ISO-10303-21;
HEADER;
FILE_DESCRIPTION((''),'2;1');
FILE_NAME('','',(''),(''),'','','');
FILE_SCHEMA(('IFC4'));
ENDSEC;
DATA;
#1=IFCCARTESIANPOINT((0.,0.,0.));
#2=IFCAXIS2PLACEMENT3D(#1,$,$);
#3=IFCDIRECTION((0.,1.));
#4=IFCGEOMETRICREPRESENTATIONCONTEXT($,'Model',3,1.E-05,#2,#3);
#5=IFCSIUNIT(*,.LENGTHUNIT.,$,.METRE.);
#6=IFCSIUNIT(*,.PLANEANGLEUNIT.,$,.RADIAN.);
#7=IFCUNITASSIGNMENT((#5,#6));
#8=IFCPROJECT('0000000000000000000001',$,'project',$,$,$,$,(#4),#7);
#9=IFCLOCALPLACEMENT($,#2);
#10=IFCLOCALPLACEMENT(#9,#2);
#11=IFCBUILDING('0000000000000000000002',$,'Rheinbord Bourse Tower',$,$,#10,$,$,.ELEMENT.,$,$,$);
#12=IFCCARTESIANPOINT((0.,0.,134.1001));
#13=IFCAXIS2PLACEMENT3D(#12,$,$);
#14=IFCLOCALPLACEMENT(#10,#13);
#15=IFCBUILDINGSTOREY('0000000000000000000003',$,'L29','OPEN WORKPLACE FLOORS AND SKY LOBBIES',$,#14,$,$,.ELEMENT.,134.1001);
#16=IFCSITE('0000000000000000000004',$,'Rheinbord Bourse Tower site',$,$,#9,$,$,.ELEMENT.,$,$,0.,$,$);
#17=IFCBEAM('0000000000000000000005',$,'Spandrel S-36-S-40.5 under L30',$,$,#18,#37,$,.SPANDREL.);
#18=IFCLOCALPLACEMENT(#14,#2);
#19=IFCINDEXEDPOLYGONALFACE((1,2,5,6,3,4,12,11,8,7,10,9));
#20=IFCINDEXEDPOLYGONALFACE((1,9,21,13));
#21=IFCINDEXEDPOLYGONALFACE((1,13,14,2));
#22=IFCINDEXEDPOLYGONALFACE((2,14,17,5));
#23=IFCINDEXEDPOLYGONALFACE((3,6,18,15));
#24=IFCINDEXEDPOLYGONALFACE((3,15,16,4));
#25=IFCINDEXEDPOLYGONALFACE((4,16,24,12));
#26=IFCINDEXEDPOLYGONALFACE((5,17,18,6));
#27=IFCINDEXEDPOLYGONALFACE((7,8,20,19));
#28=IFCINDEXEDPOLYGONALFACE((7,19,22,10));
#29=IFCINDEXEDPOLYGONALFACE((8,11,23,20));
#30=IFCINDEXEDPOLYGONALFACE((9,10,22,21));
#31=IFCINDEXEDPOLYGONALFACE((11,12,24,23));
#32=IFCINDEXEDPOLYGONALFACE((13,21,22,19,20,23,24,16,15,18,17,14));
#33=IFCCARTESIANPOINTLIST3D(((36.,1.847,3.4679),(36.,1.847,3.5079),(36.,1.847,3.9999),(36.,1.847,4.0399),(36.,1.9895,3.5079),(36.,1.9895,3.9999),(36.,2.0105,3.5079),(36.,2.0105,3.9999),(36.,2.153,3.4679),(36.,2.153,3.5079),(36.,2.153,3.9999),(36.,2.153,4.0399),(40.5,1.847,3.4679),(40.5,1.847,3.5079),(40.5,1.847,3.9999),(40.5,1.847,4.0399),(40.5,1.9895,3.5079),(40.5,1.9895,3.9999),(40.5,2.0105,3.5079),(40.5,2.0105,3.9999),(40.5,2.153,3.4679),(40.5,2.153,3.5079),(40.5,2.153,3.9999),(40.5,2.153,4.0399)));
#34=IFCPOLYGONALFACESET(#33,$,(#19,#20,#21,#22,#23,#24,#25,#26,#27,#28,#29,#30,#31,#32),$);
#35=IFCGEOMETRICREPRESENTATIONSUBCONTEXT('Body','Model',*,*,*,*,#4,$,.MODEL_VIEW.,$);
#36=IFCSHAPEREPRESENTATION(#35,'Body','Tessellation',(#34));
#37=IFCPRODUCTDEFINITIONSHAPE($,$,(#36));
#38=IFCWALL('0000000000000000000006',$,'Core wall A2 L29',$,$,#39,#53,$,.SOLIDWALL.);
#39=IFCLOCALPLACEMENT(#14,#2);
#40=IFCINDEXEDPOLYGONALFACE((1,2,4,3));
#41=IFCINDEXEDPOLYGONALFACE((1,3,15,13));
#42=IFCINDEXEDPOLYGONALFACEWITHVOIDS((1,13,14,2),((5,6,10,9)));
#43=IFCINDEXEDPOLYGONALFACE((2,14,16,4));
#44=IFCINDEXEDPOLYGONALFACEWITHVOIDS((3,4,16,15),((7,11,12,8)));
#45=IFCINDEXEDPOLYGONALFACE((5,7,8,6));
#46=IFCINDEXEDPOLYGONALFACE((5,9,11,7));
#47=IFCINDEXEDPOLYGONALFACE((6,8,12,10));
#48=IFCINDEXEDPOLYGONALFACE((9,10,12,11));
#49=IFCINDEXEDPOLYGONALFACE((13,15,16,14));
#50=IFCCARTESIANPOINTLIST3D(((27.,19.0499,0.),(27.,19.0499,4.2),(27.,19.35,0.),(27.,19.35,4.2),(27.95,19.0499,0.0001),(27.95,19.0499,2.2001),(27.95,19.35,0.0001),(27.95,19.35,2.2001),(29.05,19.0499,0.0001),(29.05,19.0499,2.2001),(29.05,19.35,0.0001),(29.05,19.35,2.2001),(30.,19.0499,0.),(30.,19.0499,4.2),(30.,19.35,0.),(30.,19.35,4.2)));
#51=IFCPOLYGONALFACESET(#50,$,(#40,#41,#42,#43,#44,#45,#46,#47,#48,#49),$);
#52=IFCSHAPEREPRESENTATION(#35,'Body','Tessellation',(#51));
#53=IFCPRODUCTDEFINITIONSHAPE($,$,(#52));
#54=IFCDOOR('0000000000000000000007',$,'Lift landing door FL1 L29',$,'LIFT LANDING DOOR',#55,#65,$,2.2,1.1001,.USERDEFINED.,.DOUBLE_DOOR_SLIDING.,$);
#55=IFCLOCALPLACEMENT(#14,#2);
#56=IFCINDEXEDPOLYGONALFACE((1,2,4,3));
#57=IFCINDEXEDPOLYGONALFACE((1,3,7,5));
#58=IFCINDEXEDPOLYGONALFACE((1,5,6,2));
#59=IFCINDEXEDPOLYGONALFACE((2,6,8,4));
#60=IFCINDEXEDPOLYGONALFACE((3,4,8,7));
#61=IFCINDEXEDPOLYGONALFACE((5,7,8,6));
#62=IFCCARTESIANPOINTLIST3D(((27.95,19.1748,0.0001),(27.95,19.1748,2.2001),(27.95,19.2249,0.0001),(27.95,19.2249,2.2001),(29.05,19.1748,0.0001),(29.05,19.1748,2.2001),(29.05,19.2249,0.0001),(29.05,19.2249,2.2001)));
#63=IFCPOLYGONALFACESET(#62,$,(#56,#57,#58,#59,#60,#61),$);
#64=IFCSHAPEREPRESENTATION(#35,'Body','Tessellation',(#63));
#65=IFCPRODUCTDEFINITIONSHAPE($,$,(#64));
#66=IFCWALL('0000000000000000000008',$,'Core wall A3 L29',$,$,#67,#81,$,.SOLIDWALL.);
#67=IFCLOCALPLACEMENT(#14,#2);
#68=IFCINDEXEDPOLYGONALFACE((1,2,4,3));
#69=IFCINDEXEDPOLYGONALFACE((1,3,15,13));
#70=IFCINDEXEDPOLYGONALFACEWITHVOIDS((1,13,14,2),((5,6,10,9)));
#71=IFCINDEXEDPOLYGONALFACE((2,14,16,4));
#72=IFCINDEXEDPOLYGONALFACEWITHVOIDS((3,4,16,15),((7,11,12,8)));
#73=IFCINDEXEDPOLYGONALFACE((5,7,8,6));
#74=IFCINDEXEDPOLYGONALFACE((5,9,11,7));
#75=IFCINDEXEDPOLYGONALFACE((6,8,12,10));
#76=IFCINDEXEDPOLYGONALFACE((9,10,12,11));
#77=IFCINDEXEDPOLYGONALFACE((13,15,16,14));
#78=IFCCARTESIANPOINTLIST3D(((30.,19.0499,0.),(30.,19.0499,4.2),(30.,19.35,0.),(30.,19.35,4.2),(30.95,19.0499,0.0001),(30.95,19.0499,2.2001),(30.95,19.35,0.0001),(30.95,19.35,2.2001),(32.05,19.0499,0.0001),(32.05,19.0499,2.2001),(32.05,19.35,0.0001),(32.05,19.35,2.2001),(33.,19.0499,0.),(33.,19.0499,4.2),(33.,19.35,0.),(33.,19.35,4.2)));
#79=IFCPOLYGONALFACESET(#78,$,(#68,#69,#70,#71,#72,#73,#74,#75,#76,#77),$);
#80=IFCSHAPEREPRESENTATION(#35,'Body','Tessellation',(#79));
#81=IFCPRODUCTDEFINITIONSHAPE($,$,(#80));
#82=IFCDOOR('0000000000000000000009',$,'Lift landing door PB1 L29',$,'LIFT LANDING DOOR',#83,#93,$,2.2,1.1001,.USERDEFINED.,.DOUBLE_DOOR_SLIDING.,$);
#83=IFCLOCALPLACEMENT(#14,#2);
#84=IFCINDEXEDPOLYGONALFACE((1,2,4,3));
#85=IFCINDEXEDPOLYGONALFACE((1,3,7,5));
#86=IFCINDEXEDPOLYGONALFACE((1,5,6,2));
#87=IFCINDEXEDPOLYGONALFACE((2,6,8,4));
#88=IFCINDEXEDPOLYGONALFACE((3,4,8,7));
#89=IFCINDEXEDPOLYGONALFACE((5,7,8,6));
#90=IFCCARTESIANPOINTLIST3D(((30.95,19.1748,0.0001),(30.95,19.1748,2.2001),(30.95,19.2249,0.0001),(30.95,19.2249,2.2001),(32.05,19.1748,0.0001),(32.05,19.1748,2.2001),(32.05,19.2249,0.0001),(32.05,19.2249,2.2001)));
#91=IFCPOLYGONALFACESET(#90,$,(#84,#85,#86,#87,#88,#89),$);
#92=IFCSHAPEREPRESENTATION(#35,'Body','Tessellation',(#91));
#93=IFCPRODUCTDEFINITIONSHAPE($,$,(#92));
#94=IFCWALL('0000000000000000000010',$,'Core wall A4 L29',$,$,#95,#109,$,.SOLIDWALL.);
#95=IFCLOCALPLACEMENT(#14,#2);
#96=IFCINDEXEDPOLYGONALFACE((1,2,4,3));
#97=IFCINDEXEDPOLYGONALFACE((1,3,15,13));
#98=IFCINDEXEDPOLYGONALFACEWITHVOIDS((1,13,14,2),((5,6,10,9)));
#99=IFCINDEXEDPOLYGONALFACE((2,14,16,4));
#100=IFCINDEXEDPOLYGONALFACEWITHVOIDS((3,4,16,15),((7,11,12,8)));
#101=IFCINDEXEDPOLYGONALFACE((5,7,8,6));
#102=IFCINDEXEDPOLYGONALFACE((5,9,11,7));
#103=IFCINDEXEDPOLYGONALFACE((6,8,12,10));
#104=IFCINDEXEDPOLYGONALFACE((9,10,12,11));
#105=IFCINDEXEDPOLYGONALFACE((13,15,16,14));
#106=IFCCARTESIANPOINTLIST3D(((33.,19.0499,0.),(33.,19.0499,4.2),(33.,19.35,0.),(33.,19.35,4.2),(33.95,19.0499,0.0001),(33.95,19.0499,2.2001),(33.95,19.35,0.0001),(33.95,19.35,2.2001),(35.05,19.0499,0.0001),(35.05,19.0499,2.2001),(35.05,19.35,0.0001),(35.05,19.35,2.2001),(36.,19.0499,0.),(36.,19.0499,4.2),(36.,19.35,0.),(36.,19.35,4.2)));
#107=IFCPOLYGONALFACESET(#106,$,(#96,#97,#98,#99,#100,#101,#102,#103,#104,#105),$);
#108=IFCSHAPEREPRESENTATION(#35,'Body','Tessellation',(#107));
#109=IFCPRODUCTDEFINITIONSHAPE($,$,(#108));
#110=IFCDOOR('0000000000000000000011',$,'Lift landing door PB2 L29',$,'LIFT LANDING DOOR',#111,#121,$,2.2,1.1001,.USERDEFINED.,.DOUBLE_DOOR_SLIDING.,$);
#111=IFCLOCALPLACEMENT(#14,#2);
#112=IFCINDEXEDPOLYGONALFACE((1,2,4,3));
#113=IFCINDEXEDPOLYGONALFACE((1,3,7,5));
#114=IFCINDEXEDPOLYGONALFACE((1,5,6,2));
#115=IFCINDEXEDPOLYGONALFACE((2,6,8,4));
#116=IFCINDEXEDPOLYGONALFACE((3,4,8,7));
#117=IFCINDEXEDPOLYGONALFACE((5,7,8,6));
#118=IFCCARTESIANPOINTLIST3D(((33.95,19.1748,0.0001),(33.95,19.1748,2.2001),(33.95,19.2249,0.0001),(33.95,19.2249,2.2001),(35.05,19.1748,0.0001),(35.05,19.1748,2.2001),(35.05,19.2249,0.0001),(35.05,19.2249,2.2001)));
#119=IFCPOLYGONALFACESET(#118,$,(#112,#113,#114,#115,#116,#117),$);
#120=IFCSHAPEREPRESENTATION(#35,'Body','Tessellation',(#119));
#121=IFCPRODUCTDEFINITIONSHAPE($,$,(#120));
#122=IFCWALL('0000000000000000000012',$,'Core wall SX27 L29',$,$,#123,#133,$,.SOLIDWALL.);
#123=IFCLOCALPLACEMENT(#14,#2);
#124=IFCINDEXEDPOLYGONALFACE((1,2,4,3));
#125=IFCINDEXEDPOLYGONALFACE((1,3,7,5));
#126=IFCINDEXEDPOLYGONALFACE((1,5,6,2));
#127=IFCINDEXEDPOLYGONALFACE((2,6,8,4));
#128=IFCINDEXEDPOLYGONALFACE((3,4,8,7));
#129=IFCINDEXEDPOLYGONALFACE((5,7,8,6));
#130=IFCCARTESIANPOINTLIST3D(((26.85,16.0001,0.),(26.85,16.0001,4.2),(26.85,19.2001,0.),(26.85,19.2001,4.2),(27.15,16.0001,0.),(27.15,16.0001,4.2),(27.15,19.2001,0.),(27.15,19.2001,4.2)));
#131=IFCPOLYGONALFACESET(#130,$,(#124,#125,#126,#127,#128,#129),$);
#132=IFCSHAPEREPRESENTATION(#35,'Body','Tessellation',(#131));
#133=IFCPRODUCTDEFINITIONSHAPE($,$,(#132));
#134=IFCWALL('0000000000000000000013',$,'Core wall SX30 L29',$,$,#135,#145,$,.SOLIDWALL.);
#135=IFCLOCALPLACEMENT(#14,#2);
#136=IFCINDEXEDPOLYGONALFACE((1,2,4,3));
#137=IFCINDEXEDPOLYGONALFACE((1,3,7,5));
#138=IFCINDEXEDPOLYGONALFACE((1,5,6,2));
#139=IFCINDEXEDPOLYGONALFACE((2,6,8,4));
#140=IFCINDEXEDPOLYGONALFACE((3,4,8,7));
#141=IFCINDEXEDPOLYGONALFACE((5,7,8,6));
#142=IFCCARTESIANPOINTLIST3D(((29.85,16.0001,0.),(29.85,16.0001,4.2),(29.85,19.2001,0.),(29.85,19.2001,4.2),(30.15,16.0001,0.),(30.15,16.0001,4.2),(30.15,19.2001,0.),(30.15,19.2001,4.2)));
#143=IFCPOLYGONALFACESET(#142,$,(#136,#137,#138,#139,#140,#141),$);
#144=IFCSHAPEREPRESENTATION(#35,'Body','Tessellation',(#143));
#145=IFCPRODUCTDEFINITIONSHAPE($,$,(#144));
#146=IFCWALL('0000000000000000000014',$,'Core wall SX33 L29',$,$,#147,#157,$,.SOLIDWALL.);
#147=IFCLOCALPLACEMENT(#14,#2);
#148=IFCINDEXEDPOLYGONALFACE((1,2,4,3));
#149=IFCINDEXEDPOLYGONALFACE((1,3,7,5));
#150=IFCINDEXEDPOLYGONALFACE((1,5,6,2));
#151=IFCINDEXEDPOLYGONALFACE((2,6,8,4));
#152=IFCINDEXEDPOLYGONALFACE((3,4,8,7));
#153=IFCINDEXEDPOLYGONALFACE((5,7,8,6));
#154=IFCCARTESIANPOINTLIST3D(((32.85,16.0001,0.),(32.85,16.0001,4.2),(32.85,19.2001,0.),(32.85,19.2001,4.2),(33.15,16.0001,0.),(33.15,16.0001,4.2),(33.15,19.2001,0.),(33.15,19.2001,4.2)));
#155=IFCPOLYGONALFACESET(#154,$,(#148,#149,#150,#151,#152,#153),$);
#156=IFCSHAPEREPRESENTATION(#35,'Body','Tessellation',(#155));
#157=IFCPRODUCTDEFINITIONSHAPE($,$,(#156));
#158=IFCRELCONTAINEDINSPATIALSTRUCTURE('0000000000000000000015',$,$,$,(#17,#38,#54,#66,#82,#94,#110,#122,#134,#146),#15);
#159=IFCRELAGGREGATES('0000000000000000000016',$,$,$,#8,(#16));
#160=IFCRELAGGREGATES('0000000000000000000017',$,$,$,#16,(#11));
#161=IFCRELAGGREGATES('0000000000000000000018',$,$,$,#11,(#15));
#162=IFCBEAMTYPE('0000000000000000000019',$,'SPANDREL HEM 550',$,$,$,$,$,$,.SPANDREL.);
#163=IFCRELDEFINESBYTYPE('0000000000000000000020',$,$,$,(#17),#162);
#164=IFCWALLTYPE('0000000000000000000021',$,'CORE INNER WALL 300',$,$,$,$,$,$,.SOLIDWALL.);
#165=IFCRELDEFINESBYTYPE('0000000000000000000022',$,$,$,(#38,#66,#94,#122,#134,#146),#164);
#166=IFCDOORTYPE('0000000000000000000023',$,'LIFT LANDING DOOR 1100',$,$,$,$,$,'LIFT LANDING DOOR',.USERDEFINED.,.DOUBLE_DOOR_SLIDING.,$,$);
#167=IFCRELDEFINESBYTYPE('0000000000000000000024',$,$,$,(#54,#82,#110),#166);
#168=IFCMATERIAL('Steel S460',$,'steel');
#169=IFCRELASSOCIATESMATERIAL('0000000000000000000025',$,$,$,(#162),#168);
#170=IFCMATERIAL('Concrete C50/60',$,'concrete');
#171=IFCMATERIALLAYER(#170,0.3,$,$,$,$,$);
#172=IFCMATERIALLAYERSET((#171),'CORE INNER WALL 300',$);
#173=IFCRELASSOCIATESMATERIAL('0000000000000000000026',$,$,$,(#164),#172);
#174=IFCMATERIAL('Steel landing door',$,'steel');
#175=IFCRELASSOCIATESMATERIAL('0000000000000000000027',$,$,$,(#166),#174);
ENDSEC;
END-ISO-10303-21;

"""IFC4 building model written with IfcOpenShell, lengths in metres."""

from ifc_helpers import new_model, si_unit, direction, frame, frame_2d, origin, origin_2d, place, context, subcontext, project, spatial, rectangle, i_section, extrude, material, layer, layer_set, material_profile, profile_set, type_object, element, fill, save


model = new_model("IFC4")

# Units and contexts
model_context = context("Model", 3, precision=1e-05, world=origin(), true_north=direction((0.0, 1.0)))
body_context = subcontext(model_context, "Body", "Model", "MODEL_VIEW")
ifc_project = project(units=[si_unit("LENGTHUNIT", "METRE"), si_unit("PLANEANGLEUNIT", "RADIAN")], contexts=[model_context])

# Site, building, storey
site_placement = place(None, origin())
site = spatial("IfcSite", under=ifc_project, at=site_placement, Name="Rheinbord Bourse Tower site", CompositionType="ELEMENT", RefElevation=0.0)
building_placement = place(site_placement, origin())
building = spatial("IfcBuilding", under=site, at=building_placement, Name="Rheinbord Bourse Tower", CompositionType="ELEMENT")
storey_placement = place(building_placement, frame((0.0, 0.0, 134.1001)))
storey = spatial("IfcBuildingStorey", under=building, at=storey_placement, Name="L29", Description="OPEN WORKPLACE FLOORS AND SKY LOBBIES", CompositionType="ELEMENT", Elevation=134.1001)

# Beam
ifc_material_1 = material(Name="Steel S460", Category="steel")
ifc_material_profile = material_profile(ifc_material_1, i_section(OverallWidth=0.3059, OverallDepth=0.572, WebThickness=0.021, FlangeThickness=0.04, at=origin_2d()), Name="HEM 550")
ifc_profile_set = profile_set([ifc_material_profile], Name="Steel S460")
beam_type = type_object("IfcBeamType", Name="SPANDREL HEM 550", PredefinedType="SPANDREL", material=ifc_profile_set)
beam_placement = place(storey_placement, frame((36.0, 2.0, 3.7539), z_axis=(1.0, 0.0, 0.0), x_axis=(0.0, 1.0, 0.0)))
element("IfcBeam", 1, at=beam_placement, inside=storey, type_object=beam_type, Name="Spandrel S-36-S-40.5 under L30", PredefinedType="SPANDREL", context=body_context, shape_type="SweptSolid", body=[
    extrude(i_section(OverallWidth=0.3059, OverallDepth=0.572, WebThickness=0.021, FlangeThickness=0.04, at=origin_2d()), origin(), (0.0, 0.0, 1.0), 4.5),
])

# Walls, openings, doors
ifc_material_2 = material(Name="Concrete C50/60", Category="concrete")
ifc_layer_1 = layer(ifc_material_2, 0.3)
ifc_layer_set_1 = layer_set([ifc_layer_1], Name="CORE INNER WALL 300")
wall_type_1 = type_object("IfcWallType", Name="CORE INNER WALL 300", PredefinedType="SOLIDWALL", material=ifc_layer_set_1)
wall_1_placement = place(storey_placement, frame((27.0, 19.2, 0.0), z_axis=(0.0, 0.0, 1.0), x_axis=(1.0, 0.0, 0.0)))
wall_1 = element("IfcWall", 2, at=wall_1_placement, inside=storey, type_object=wall_type_1, Name="Core wall A2 L29", PredefinedType="SOLIDWALL", context=body_context, shape_type="SweptSolid", body=[
    extrude(rectangle(XDim=3.0, YDim=0.3, at=frame_2d((1.5, 0.0))), origin(), (0.0, 0.0, 1.0), 4.2),
])
opening_1_placement = place(wall_1_placement, frame((0.95, 0.0, 0.0)))
opening_1 = element("IfcOpeningElement", 3, at=opening_1_placement, cuts=wall_1, PredefinedType="OPENING", context=body_context, shape_type="SweptSolid", body=[
    extrude(rectangle(XDim=1.1001, YDim=2.2, at=frame_2d((0.55, 1.1001))), frame((0.0, 0.1599, 0.0), z_axis=(0.0, -1.0, 0.0), x_axis=(1.0, 0.0, 0.0)), (0.0, 0.0, 1.0), 0.3201),
])
ifc_material_3 = material(Name="Steel landing door", Category="steel")
door_type_1 = type_object("IfcDoorType", Name="LIFT LANDING DOOR 1100", ElementType="LIFT LANDING DOOR", OperationType="DOUBLE_DOOR_SLIDING", PredefinedType="USERDEFINED", material=ifc_material_3)
door_1_placement = place(opening_1_placement, origin())
door_1 = element("IfcDoor", 4, at=door_1_placement, inside=storey, type_object=door_type_1, Name="Lift landing door FL1 L29", ObjectType="LIFT LANDING DOOR", OperationType="DOUBLE_DOOR_SLIDING", OverallHeight=2.2, OverallWidth=1.1001, PredefinedType="USERDEFINED", context=body_context, shape_type="SweptSolid", body=[
    extrude(rectangle(XDim=1.1001, YDim=2.2, at=frame_2d((0.55, 1.1001))), frame((0.0, 0.0249, 0.0), z_axis=(0.0, -1.0, 0.0), x_axis=(1.0, 0.0, 0.0)), (0.0, 0.0, 1.0), 0.05),
])
fill(opening_1, door_1)
wall_2_placement = place(storey_placement, frame((30.0, 19.2, 0.0), z_axis=(0.0, 0.0, 1.0), x_axis=(1.0, 0.0, 0.0)))
wall_2 = element("IfcWall", 5, at=wall_2_placement, inside=storey, type_object=wall_type_1, Name="Core wall A3 L29", PredefinedType="SOLIDWALL", context=body_context, shape_type="SweptSolid", body=[
    extrude(rectangle(XDim=3.0, YDim=0.3, at=frame_2d((1.5, 0.0))), origin(), (0.0, 0.0, 1.0), 4.2),
])
opening_2_placement = place(wall_2_placement, frame((0.95, 0.0, 0.0)))
opening_2 = element("IfcOpeningElement", 6, at=opening_2_placement, cuts=wall_2, PredefinedType="OPENING", context=body_context, shape_type="SweptSolid", body=[
    extrude(rectangle(XDim=1.1001, YDim=2.2, at=frame_2d((0.55, 1.1001))), frame((0.0, 0.1599, 0.0), z_axis=(0.0, -1.0, 0.0), x_axis=(1.0, 0.0, 0.0)), (0.0, 0.0, 1.0), 0.3201),
])
door_2_placement = place(opening_2_placement, origin())
door_2 = element("IfcDoor", 7, at=door_2_placement, inside=storey, type_object=door_type_1, Name="Lift landing door PB1 L29", ObjectType="LIFT LANDING DOOR", OperationType="DOUBLE_DOOR_SLIDING", OverallHeight=2.2, OverallWidth=1.1001, PredefinedType="USERDEFINED", context=body_context, shape_type="SweptSolid", body=[
    extrude(rectangle(XDim=1.1001, YDim=2.2, at=frame_2d((0.55, 1.1001))), frame((0.0, 0.0249, 0.0), z_axis=(0.0, -1.0, 0.0), x_axis=(1.0, 0.0, 0.0)), (0.0, 0.0, 1.0), 0.05),
])
fill(opening_2, door_2)
wall_3_placement = place(storey_placement, frame((33.0, 19.2, 0.0), z_axis=(0.0, 0.0, 1.0), x_axis=(1.0, 0.0, 0.0)))
wall_3 = element("IfcWall", 8, at=wall_3_placement, inside=storey, type_object=wall_type_1, Name="Core wall A4 L29", PredefinedType="SOLIDWALL", context=body_context, shape_type="SweptSolid", body=[
    extrude(rectangle(XDim=3.0, YDim=0.3, at=frame_2d((1.5, 0.0))), origin(), (0.0, 0.0, 1.0), 4.2),
])
opening_3_placement = place(wall_3_placement, frame((0.95, 0.0, 0.0)))
opening_3 = element("IfcOpeningElement", 9, at=opening_3_placement, cuts=wall_3, PredefinedType="OPENING", context=body_context, shape_type="SweptSolid", body=[
    extrude(rectangle(XDim=1.1001, YDim=2.2, at=frame_2d((0.55, 1.1001))), frame((0.0, 0.1599, 0.0), z_axis=(0.0, -1.0, 0.0), x_axis=(1.0, 0.0, 0.0)), (0.0, 0.0, 1.0), 0.3201),
])
door_3_placement = place(opening_3_placement, origin())
door_3 = element("IfcDoor", 10, at=door_3_placement, inside=storey, type_object=door_type_1, Name="Lift landing door PB2 L29", ObjectType="LIFT LANDING DOOR", OperationType="DOUBLE_DOOR_SLIDING", OverallHeight=2.2, OverallWidth=1.1001, PredefinedType="USERDEFINED", context=body_context, shape_type="SweptSolid", body=[
    extrude(rectangle(XDim=1.1001, YDim=2.2, at=frame_2d((0.55, 1.1001))), frame((0.0, 0.0249, 0.0), z_axis=(0.0, -1.0, 0.0), x_axis=(1.0, 0.0, 0.0)), (0.0, 0.0, 1.0), 0.05),
])
fill(opening_3, door_3)

# Walls
for number, where, z_axis, x_axis, name in (
    (11, (27.0, 16.0, 0.0), (0.0, 0.0, 1.0), (0.0, 1.0, 0.0), "Core wall SX27 L29"),
    (12, (30.0, 16.0, 0.0), (0.0, 0.0, 1.0), (0.0, 1.0, 0.0), "Core wall SX30 L29"),
    (13, (33.0, 16.0, 0.0), (0.0, 0.0, 1.0), (0.0, 1.0, 0.0), "Core wall SX33 L29"),
):
    element("IfcWall", number, at=place(storey_placement, frame(where, z_axis=z_axis, x_axis=x_axis)), inside=storey, type_object=wall_type_1, Name=name, PredefinedType="SOLIDWALL", context=body_context, shape_type="SweptSolid", body=[
        extrude(rectangle(XDim=3.2, YDim=0.3, at=frame_2d((1.6001, 0.0))), origin(), (0.0, 0.0, 1.0), 4.2),
    ])

save(model, "model.ifc")
